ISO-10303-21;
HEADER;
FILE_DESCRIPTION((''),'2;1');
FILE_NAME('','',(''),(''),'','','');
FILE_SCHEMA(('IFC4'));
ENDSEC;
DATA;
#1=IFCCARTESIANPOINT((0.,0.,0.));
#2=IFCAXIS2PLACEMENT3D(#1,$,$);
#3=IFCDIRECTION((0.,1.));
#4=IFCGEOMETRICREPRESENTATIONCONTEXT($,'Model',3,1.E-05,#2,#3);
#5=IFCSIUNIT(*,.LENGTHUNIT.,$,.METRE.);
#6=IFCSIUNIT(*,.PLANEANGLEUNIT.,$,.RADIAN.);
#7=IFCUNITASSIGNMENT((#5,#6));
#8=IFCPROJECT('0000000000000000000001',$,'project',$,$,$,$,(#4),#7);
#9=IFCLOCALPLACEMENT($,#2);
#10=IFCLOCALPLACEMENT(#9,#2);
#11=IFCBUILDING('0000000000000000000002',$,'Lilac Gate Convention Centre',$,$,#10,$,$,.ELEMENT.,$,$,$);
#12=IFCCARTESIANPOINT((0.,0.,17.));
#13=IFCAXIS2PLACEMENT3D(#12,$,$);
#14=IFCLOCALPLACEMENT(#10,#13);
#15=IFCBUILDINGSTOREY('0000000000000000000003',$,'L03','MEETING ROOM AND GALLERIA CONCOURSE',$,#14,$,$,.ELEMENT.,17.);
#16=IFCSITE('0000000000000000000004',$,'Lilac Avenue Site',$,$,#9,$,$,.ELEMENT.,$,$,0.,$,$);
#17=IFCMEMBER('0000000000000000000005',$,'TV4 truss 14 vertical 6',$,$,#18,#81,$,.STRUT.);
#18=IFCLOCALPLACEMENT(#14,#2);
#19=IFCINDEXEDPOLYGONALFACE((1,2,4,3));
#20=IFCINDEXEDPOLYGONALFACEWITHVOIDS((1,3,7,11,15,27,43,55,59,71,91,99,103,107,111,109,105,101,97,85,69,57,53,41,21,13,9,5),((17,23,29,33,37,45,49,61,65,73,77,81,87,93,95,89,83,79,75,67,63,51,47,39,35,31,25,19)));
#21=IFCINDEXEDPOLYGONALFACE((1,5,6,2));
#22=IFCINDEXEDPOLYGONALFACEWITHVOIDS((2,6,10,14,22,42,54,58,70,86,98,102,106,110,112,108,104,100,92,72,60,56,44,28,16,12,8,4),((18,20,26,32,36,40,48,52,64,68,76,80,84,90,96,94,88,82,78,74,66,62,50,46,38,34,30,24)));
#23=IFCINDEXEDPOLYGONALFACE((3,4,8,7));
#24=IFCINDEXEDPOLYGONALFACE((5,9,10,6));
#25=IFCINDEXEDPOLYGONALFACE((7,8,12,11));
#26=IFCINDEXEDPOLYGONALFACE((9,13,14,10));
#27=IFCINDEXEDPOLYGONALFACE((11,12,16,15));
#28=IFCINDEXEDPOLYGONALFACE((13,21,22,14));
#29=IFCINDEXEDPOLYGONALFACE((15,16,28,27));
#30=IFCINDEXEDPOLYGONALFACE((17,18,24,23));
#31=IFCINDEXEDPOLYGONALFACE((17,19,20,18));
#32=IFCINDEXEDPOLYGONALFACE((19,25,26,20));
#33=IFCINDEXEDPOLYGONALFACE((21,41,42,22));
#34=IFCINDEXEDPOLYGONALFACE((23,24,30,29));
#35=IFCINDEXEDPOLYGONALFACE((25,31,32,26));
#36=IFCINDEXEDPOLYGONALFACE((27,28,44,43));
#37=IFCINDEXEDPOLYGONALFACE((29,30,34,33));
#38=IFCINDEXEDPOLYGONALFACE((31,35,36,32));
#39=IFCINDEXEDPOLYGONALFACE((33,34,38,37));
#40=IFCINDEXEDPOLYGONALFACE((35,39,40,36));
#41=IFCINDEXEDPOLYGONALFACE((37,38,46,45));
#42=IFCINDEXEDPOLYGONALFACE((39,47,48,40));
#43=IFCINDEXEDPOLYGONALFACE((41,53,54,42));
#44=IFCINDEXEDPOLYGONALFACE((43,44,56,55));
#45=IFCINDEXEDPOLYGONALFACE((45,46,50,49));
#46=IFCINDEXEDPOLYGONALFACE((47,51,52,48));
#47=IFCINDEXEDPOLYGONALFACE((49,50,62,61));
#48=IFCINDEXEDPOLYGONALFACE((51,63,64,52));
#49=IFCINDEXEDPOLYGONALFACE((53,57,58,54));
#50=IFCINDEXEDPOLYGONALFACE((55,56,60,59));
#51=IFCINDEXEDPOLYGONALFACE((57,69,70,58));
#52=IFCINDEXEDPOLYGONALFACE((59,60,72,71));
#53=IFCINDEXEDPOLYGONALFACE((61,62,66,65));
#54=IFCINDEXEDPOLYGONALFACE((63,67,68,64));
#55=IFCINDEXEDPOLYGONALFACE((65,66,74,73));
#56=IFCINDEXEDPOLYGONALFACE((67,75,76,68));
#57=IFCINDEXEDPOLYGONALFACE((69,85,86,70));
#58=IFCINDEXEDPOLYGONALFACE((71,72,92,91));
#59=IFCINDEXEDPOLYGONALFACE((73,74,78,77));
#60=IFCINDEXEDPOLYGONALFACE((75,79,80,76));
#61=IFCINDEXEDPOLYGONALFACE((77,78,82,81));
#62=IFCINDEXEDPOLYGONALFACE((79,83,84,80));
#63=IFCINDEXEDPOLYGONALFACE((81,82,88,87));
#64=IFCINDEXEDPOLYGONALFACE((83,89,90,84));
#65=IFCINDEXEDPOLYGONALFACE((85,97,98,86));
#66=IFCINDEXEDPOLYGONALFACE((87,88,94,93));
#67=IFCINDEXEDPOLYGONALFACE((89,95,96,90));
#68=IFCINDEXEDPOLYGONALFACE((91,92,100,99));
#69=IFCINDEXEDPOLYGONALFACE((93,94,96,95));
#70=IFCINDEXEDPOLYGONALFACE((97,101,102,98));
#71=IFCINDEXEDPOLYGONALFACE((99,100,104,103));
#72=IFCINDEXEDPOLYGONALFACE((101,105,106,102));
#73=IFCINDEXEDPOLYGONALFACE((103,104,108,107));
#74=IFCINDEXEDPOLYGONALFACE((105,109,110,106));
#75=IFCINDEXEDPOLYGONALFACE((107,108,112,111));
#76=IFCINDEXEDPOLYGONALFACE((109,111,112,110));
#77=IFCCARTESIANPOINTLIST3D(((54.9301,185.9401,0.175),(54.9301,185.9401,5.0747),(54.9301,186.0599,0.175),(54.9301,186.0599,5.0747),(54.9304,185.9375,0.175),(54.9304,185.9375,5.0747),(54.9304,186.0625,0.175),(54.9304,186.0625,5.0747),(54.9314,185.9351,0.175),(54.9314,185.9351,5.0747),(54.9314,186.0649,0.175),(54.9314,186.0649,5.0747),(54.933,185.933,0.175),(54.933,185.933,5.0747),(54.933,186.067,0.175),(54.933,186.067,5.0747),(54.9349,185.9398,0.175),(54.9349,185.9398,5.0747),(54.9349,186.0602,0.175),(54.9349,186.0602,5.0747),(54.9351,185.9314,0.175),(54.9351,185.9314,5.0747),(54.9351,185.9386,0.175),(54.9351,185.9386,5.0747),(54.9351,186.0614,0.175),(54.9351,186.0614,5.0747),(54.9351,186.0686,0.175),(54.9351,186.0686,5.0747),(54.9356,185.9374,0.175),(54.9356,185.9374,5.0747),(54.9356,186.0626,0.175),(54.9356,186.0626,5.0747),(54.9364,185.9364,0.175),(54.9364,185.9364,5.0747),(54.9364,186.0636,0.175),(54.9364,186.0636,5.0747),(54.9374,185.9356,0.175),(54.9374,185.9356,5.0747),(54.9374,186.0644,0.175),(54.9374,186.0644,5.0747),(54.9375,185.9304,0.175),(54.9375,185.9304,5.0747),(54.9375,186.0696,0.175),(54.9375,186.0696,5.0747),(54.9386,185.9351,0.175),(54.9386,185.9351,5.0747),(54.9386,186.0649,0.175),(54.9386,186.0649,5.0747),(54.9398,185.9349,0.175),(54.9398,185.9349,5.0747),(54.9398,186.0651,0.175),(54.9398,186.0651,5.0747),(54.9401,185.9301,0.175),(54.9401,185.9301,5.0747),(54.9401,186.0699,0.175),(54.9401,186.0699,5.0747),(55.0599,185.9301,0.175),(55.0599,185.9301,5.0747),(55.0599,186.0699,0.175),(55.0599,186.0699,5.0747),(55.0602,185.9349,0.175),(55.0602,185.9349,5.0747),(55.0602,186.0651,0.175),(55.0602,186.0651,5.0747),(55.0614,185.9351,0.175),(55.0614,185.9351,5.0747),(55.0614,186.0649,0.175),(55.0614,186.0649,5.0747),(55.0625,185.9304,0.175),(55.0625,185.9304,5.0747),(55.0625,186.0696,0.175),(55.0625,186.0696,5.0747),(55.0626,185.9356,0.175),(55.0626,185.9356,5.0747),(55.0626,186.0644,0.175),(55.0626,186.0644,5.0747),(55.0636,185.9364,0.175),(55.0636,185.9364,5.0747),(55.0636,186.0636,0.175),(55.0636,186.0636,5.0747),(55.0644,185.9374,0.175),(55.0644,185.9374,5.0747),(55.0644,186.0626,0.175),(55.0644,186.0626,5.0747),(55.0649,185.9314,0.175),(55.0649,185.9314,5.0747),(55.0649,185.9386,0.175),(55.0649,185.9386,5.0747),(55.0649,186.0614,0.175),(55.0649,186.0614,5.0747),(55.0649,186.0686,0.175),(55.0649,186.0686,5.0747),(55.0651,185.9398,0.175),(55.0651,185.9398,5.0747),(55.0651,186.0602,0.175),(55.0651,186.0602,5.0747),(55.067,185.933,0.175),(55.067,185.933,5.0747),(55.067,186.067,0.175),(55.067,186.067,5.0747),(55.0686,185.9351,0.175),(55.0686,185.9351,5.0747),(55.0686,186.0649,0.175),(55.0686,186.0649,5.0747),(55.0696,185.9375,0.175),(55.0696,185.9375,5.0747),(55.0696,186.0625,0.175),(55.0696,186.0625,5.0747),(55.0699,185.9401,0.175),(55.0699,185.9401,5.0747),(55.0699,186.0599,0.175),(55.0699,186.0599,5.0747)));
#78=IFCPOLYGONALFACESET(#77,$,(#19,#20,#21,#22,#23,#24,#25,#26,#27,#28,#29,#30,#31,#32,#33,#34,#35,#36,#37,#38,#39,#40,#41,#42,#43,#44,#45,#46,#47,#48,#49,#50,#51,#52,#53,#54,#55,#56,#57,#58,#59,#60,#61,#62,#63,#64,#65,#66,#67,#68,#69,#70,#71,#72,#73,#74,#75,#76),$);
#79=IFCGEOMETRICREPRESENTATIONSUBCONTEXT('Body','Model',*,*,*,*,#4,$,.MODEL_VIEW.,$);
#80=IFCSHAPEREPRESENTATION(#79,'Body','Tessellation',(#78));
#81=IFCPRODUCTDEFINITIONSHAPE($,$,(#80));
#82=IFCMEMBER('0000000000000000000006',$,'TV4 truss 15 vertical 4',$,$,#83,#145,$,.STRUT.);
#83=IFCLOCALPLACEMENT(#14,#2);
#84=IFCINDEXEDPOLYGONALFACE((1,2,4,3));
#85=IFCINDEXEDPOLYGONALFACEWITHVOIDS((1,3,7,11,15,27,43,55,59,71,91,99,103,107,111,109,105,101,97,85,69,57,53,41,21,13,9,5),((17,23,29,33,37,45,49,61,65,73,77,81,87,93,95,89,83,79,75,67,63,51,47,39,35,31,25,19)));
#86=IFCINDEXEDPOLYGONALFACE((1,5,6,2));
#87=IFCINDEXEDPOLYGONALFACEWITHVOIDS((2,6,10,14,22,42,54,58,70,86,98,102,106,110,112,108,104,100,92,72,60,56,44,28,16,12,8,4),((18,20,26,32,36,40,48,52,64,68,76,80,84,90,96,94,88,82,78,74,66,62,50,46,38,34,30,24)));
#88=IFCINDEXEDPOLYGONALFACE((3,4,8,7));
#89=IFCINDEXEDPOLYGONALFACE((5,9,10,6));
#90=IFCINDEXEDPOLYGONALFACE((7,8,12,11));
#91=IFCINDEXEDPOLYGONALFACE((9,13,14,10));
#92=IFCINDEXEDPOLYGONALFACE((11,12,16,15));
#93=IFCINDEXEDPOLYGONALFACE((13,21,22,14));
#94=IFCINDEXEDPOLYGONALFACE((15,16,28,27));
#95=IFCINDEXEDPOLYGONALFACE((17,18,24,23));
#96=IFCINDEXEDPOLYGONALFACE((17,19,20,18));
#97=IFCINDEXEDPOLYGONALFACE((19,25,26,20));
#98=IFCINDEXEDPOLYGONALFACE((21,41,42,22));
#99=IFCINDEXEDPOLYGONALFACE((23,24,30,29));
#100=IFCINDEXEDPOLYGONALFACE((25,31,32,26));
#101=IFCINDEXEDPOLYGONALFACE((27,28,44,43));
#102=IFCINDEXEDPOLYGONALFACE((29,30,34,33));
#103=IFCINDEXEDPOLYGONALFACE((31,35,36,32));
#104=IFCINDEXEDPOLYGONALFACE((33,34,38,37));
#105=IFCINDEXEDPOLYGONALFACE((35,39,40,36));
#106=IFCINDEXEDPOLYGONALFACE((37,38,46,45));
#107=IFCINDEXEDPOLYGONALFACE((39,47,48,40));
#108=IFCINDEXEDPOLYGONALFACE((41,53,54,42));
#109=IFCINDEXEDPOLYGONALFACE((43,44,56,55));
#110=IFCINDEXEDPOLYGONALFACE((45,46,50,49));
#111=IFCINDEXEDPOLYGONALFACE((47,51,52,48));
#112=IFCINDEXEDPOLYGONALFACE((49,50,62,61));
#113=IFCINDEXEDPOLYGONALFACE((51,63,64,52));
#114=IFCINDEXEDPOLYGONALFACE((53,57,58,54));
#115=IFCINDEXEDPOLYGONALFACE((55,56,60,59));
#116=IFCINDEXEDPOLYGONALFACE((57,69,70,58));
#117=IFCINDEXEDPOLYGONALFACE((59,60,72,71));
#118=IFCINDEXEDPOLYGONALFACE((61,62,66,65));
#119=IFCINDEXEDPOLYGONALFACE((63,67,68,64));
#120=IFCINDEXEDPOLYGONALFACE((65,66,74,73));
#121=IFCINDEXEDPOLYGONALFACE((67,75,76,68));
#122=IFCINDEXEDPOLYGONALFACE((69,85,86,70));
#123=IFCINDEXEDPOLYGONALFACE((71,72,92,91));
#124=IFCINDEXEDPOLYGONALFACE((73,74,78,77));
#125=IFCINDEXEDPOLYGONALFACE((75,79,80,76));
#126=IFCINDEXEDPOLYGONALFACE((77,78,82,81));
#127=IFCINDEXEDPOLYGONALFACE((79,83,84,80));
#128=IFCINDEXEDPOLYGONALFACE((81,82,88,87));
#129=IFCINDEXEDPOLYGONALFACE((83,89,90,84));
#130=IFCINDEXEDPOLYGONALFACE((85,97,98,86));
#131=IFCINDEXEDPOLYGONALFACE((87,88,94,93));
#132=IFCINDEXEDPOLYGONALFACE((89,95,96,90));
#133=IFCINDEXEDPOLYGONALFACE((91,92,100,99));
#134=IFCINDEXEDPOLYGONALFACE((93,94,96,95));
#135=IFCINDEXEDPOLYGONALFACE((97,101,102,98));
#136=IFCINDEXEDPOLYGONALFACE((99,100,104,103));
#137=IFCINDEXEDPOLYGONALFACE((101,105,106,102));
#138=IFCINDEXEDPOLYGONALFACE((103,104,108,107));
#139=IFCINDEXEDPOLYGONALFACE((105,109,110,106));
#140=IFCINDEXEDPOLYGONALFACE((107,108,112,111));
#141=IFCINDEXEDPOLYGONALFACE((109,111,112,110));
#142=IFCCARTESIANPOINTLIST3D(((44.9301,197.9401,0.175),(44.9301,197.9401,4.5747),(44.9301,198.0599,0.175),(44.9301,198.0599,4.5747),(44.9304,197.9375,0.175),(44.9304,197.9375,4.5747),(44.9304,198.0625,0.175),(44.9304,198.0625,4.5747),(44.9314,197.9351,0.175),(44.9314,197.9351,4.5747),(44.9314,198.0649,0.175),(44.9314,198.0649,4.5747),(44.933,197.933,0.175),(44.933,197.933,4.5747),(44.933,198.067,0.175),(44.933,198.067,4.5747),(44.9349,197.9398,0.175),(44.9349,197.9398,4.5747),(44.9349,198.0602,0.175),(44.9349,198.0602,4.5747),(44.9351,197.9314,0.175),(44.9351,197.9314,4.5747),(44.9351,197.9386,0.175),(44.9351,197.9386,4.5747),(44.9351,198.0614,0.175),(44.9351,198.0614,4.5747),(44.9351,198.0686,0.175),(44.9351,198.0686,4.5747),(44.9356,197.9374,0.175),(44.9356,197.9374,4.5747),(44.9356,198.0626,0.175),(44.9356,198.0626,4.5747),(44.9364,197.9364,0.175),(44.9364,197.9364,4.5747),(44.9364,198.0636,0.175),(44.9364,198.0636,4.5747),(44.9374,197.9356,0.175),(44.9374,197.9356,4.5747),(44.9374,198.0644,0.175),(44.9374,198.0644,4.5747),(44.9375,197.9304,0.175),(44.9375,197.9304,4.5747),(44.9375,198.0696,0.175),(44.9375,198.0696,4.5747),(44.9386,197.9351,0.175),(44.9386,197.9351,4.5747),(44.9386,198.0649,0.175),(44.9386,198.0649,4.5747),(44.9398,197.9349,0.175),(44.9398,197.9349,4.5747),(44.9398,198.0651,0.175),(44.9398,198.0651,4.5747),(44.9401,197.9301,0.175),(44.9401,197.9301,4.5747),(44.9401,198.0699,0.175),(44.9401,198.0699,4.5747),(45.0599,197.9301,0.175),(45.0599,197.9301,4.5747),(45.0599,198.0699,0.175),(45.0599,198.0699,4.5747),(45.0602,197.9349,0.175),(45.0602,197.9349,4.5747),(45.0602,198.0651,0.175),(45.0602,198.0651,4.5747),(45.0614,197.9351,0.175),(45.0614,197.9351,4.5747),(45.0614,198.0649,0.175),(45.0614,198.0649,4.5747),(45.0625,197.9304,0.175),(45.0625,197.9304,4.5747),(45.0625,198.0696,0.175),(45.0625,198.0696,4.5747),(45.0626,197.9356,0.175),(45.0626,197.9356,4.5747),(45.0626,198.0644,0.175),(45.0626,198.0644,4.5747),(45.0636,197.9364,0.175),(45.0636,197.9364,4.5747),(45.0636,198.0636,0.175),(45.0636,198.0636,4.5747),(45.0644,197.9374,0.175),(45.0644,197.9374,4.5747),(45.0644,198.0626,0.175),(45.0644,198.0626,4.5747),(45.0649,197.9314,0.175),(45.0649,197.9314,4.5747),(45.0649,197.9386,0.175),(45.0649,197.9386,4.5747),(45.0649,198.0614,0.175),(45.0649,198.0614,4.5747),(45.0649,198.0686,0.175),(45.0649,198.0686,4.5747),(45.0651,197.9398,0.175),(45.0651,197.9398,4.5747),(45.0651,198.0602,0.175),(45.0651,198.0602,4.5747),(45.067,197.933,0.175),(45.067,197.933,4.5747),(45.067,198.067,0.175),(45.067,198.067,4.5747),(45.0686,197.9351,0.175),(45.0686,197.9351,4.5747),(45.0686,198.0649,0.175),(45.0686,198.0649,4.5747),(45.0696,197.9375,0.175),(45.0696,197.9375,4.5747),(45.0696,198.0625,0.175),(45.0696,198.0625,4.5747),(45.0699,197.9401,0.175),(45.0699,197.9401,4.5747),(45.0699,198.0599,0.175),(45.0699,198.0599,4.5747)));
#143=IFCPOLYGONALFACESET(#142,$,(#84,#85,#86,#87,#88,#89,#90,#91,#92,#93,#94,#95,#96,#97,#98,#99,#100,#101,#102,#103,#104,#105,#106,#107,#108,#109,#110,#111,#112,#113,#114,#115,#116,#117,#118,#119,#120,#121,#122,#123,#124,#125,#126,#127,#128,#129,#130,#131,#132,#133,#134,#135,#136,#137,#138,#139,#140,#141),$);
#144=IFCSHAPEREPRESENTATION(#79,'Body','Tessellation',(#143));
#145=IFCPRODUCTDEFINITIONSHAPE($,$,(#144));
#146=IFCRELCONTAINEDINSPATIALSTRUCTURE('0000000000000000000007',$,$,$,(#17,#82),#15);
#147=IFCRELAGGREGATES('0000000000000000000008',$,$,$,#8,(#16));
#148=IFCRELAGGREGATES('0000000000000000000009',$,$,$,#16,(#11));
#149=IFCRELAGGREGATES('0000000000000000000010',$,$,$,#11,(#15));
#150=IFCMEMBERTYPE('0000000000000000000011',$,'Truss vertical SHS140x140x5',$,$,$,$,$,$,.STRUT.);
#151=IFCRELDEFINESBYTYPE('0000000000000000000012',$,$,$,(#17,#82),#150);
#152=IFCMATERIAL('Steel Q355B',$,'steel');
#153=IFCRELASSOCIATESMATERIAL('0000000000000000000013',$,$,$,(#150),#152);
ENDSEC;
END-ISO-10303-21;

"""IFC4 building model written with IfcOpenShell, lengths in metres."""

from ifc_helpers import new_model, si_unit, direction, frame, origin, origin_2d, place, context, subcontext, project, spatial, hollow_rectangle, extrude, material, material_profile, profile_set, type_object, element, save


model = new_model("IFC4")

# Units and contexts
model_context = context("Model", 3, precision=1e-05, world=origin(), true_north=direction((0.0, 1.0)))
body_context = subcontext(model_context, "Body", "Model", "MODEL_VIEW")
ifc_project = project(units=[si_unit("LENGTHUNIT", "METRE"), si_unit("PLANEANGLEUNIT", "RADIAN")], contexts=[model_context])

# Site, building, storey
site_placement = place(None, origin())
site = spatial("IfcSite", under=ifc_project, at=site_placement, Name="Lilac Avenue Site", CompositionType="ELEMENT", RefElevation=0.0)
building_placement = place(site_placement, origin())
building = spatial("IfcBuilding", under=site, at=building_placement, Name="Lilac Gate Convention Centre", CompositionType="ELEMENT")
storey_placement = place(building_placement, frame((0.0, 0.0, 17.0)))
storey = spatial("IfcBuildingStorey", under=building, at=storey_placement, Name="L03", Description="MEETING ROOM AND GALLERIA CONCOURSE", CompositionType="ELEMENT", Elevation=17.0)

# Members
ifc_material = material(Name="Steel Q355B", Category="steel")
ifc_material_profile_1 = material_profile(ifc_material, hollow_rectangle(XDim=0.1399, YDim=0.1399, WallThickness=0.0049, InnerFilletRadius=0.0049, OuterFilletRadius=0.01, at=origin_2d()), Name="SHS140x140x5")
ifc_profile_set_1 = profile_set([ifc_material_profile_1], Name="Steel Q355B")
member_type_1 = type_object("IfcMemberType", Name="Truss vertical SHS140x140x5", PredefinedType="STRUT", material=ifc_profile_set_1)
member_1_placement = place(storey_placement, frame((55.0, 186.0, 0.175), z_axis=(0.0, 0.0, 1.0), x_axis=(1.0, 0.0, 0.0)))
element("IfcMember", 1, at=member_1_placement, inside=storey, type_object=member_type_1, Name="TV4 truss 14 vertical 6", PredefinedType="STRUT", context=body_context, shape_type="SweptSolid", body=[
    extrude(hollow_rectangle(XDim=0.1399, YDim=0.1399, WallThickness=0.0049, InnerFilletRadius=0.0049, OuterFilletRadius=0.01, at=origin_2d()), origin(), (0.0, 0.0, 1.0), 4.8997),
])
member_2_placement = place(storey_placement, frame((45.0, 198.0, 0.175), z_axis=(0.0, 0.0, 1.0), x_axis=(1.0, 0.0, 0.0)))
element("IfcMember", 2, at=member_2_placement, inside=storey, type_object=member_type_1, Name="TV4 truss 15 vertical 4", PredefinedType="STRUT", context=body_context, shape_type="SweptSolid", body=[
    extrude(hollow_rectangle(XDim=0.1399, YDim=0.1399, WallThickness=0.0049, InnerFilletRadius=0.0049, OuterFilletRadius=0.01, at=origin_2d()), origin(), (0.0, 0.0, 1.0), 4.3997),
])

save(model, "model.ifc")
